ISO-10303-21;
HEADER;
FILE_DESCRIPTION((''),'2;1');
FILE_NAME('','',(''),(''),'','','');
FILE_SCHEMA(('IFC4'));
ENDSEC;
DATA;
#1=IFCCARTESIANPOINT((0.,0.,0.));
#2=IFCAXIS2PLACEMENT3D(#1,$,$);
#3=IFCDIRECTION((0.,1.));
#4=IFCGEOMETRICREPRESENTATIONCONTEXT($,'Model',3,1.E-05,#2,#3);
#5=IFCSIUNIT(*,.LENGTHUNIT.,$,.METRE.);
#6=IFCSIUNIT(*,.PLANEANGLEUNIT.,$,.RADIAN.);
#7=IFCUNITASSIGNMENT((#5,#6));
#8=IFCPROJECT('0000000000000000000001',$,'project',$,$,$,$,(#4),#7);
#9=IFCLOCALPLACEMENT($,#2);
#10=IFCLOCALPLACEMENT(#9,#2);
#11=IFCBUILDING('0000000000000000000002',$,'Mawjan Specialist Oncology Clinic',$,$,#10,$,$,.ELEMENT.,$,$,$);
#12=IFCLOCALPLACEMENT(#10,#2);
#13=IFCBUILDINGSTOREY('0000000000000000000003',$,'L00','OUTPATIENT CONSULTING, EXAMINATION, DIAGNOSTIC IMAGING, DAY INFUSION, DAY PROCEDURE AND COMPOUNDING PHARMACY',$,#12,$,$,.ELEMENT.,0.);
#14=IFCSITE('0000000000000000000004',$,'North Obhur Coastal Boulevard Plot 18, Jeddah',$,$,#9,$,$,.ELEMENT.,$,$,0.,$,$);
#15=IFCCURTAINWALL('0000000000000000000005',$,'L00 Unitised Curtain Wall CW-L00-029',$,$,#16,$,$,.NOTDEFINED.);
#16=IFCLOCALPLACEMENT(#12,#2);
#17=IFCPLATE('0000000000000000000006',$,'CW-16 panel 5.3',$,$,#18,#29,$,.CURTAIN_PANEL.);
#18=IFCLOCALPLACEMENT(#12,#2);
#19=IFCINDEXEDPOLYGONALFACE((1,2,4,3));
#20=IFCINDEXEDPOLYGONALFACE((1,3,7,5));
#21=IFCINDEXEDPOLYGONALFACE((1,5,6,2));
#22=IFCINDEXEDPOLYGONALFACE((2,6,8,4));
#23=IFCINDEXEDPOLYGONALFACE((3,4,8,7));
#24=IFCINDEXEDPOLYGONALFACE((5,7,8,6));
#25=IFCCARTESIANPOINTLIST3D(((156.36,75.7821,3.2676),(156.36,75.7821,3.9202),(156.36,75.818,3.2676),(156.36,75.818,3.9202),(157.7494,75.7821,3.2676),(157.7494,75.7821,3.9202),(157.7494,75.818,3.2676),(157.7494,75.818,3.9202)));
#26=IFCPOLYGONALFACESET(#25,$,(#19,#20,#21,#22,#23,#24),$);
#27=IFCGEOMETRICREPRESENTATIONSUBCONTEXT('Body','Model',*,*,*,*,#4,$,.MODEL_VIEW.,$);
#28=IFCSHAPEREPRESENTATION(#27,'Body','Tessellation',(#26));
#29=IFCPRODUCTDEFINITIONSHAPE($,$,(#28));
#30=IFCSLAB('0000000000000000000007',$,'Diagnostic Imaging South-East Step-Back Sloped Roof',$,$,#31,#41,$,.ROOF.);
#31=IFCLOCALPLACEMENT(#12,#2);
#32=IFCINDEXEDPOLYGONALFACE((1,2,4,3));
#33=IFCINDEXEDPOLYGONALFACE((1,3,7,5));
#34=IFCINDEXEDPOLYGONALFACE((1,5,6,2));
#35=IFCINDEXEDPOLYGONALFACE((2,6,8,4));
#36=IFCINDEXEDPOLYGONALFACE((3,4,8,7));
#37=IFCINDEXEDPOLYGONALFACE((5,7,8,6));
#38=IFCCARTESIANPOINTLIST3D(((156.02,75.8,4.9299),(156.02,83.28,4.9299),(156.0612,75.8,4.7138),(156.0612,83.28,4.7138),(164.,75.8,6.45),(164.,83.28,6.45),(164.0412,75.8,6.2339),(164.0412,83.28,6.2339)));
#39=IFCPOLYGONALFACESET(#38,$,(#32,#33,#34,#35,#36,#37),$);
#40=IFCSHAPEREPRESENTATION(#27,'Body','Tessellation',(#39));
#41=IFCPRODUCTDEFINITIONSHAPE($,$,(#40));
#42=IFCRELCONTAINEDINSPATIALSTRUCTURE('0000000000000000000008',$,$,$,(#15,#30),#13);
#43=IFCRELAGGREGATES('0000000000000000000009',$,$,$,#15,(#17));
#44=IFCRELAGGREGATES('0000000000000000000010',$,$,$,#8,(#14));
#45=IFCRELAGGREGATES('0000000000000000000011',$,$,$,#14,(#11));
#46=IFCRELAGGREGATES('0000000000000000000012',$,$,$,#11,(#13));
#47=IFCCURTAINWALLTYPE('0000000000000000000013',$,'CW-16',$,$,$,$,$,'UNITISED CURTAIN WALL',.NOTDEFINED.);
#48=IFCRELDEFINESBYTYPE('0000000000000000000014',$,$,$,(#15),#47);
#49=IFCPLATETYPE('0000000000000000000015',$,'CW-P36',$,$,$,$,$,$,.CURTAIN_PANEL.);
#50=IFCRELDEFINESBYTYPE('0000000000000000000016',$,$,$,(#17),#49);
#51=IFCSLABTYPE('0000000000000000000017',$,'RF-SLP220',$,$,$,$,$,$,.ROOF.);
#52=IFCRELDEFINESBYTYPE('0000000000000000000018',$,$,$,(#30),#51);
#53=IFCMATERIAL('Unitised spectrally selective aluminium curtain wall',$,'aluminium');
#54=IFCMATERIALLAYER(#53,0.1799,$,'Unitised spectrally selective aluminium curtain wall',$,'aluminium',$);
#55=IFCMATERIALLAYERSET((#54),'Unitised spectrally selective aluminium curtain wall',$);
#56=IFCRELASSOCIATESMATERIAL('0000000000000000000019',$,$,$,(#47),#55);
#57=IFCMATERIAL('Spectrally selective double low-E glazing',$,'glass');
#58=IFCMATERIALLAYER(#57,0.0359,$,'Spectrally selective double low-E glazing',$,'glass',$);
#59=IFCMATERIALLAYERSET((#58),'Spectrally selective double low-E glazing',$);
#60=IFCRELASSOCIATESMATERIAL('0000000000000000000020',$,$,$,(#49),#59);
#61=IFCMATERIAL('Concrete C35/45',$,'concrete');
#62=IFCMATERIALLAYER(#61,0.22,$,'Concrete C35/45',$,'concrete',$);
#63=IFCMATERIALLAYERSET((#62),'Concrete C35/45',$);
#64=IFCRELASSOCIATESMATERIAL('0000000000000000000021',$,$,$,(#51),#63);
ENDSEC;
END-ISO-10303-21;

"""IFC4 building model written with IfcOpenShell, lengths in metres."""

from ifc_helpers import new_model, si_unit, direction, frame, origin, origin_2d, place, context, subcontext, project, spatial, polyline, rectangle, outline, extrude, material, layer, layer_set, type_object, element, aggregate, save


model = new_model("IFC4")

# Units and contexts
model_context = context("Model", 3, precision=1e-05, world=origin(), true_north=direction((0.0, 1.0)))
body_context = subcontext(model_context, "Body", "Model", "MODEL_VIEW")
ifc_project = project(units=[si_unit("LENGTHUNIT", "METRE"), si_unit("PLANEANGLEUNIT", "RADIAN")], contexts=[model_context])

# Site, building, storey
site_placement = place(None, origin())
site = spatial("IfcSite", under=ifc_project, at=site_placement, Name="North Obhur Coastal Boulevard Plot 18, Jeddah", CompositionType="ELEMENT", RefElevation=0.0)
building_placement = place(site_placement, origin())
building = spatial("IfcBuilding", under=site, at=building_placement, Name="Mawjan Specialist Oncology Clinic", CompositionType="ELEMENT")
storey_placement = place(building_placement, origin())
storey = spatial("IfcBuildingStorey", under=building, at=storey_placement, Name="L00", Description="OUTPATIENT CONSULTING, EXAMINATION, DIAGNOSTIC IMAGING, DAY INFUSION, DAY PROCEDURE AND COMPOUNDING PHARMACY", CompositionType="ELEMENT", Elevation=0.0)

# Curtain wall, plate
ifc_material_1 = material(Name="Unitised spectrally selective aluminium curtain wall", Category="aluminium")
ifc_layer_1 = layer(ifc_material_1, 0.1799, Name="Unitised spectrally selective aluminium curtain wall", Category="aluminium")
ifc_layer_set_1 = layer_set([ifc_layer_1], Name="Unitised spectrally selective aluminium curtain wall")
curtain_wall_type = type_object("IfcCurtainWallType", Name="CW-16", ElementType="UNITISED CURTAIN WALL", PredefinedType="NOTDEFINED", material=ifc_layer_set_1)
curtain_wall_placement = place(storey_placement, origin())
curtain_wall = element("IfcCurtainWall", 1, at=curtain_wall_placement, inside=storey, type_object=curtain_wall_type, Name="L00 Unitised Curtain Wall CW-L00-029", PredefinedType="NOTDEFINED")
ifc_material_2 = material(Name="Spectrally selective double low-E glazing", Category="glass")
ifc_layer_2 = layer(ifc_material_2, 0.0359, Name="Spectrally selective double low-E glazing", Category="glass")
ifc_layer_set_2 = layer_set([ifc_layer_2], Name="Spectrally selective double low-E glazing")
plate_type = type_object("IfcPlateType", Name="CW-P36", PredefinedType="CURTAIN_PANEL", material=ifc_layer_set_2)
plate_1_placement = place(storey_placement, frame((157.0547, 75.8, 3.2676), z_axis=(0.0, 0.0, 1.0), x_axis=(-1.0, 0.0, 0.0)))
plate_1 = element("IfcPlate", 2, at=plate_1_placement, type_object=plate_type, Name="CW-16 panel 5.3", PredefinedType="CURTAIN_PANEL", context=body_context, shape_type="SweptSolid", body=[
    extrude(rectangle(XDim=1.3894, YDim=0.0359, at=origin_2d()), origin(), (0.0, 0.0, 1.0), 0.6526),
])
aggregate(curtain_wall, [plate_1])

# Slab
ifc_material_3 = material(Name="Concrete C35/45", Category="concrete")
ifc_layer_3 = layer(ifc_material_3, 0.22, Name="Concrete C35/45", Category="concrete")
ifc_layer_set_3 = layer_set([ifc_layer_3], Name="Concrete C35/45")
slab_type = type_object("IfcSlabType", Name="RF-SLP220", PredefinedType="ROOF", material=ifc_layer_set_3)
slab_placement = place(storey_placement, frame((156.02, 75.8, 4.9299), z_axis=(-0.187115, 0.0, 0.982338), x_axis=(0.0, 1.0, 0.0)))
element("IfcSlab", 3, at=slab_placement, inside=storey, type_object=slab_type, Name="Diagnostic Imaging South-East Step-Back Sloped Roof", PredefinedType="ROOF", context=body_context, shape_type="SweptSolid", body=[
    extrude(outline(polyline([(0.0, 0.0), (7.48, 0.0), (7.48, -8.1235), (0.0, -8.1235), (0.0, 0.0)])), origin(), (0.0, 0.0, -1.0), 0.22),
])

save(model, "model.ifc")
